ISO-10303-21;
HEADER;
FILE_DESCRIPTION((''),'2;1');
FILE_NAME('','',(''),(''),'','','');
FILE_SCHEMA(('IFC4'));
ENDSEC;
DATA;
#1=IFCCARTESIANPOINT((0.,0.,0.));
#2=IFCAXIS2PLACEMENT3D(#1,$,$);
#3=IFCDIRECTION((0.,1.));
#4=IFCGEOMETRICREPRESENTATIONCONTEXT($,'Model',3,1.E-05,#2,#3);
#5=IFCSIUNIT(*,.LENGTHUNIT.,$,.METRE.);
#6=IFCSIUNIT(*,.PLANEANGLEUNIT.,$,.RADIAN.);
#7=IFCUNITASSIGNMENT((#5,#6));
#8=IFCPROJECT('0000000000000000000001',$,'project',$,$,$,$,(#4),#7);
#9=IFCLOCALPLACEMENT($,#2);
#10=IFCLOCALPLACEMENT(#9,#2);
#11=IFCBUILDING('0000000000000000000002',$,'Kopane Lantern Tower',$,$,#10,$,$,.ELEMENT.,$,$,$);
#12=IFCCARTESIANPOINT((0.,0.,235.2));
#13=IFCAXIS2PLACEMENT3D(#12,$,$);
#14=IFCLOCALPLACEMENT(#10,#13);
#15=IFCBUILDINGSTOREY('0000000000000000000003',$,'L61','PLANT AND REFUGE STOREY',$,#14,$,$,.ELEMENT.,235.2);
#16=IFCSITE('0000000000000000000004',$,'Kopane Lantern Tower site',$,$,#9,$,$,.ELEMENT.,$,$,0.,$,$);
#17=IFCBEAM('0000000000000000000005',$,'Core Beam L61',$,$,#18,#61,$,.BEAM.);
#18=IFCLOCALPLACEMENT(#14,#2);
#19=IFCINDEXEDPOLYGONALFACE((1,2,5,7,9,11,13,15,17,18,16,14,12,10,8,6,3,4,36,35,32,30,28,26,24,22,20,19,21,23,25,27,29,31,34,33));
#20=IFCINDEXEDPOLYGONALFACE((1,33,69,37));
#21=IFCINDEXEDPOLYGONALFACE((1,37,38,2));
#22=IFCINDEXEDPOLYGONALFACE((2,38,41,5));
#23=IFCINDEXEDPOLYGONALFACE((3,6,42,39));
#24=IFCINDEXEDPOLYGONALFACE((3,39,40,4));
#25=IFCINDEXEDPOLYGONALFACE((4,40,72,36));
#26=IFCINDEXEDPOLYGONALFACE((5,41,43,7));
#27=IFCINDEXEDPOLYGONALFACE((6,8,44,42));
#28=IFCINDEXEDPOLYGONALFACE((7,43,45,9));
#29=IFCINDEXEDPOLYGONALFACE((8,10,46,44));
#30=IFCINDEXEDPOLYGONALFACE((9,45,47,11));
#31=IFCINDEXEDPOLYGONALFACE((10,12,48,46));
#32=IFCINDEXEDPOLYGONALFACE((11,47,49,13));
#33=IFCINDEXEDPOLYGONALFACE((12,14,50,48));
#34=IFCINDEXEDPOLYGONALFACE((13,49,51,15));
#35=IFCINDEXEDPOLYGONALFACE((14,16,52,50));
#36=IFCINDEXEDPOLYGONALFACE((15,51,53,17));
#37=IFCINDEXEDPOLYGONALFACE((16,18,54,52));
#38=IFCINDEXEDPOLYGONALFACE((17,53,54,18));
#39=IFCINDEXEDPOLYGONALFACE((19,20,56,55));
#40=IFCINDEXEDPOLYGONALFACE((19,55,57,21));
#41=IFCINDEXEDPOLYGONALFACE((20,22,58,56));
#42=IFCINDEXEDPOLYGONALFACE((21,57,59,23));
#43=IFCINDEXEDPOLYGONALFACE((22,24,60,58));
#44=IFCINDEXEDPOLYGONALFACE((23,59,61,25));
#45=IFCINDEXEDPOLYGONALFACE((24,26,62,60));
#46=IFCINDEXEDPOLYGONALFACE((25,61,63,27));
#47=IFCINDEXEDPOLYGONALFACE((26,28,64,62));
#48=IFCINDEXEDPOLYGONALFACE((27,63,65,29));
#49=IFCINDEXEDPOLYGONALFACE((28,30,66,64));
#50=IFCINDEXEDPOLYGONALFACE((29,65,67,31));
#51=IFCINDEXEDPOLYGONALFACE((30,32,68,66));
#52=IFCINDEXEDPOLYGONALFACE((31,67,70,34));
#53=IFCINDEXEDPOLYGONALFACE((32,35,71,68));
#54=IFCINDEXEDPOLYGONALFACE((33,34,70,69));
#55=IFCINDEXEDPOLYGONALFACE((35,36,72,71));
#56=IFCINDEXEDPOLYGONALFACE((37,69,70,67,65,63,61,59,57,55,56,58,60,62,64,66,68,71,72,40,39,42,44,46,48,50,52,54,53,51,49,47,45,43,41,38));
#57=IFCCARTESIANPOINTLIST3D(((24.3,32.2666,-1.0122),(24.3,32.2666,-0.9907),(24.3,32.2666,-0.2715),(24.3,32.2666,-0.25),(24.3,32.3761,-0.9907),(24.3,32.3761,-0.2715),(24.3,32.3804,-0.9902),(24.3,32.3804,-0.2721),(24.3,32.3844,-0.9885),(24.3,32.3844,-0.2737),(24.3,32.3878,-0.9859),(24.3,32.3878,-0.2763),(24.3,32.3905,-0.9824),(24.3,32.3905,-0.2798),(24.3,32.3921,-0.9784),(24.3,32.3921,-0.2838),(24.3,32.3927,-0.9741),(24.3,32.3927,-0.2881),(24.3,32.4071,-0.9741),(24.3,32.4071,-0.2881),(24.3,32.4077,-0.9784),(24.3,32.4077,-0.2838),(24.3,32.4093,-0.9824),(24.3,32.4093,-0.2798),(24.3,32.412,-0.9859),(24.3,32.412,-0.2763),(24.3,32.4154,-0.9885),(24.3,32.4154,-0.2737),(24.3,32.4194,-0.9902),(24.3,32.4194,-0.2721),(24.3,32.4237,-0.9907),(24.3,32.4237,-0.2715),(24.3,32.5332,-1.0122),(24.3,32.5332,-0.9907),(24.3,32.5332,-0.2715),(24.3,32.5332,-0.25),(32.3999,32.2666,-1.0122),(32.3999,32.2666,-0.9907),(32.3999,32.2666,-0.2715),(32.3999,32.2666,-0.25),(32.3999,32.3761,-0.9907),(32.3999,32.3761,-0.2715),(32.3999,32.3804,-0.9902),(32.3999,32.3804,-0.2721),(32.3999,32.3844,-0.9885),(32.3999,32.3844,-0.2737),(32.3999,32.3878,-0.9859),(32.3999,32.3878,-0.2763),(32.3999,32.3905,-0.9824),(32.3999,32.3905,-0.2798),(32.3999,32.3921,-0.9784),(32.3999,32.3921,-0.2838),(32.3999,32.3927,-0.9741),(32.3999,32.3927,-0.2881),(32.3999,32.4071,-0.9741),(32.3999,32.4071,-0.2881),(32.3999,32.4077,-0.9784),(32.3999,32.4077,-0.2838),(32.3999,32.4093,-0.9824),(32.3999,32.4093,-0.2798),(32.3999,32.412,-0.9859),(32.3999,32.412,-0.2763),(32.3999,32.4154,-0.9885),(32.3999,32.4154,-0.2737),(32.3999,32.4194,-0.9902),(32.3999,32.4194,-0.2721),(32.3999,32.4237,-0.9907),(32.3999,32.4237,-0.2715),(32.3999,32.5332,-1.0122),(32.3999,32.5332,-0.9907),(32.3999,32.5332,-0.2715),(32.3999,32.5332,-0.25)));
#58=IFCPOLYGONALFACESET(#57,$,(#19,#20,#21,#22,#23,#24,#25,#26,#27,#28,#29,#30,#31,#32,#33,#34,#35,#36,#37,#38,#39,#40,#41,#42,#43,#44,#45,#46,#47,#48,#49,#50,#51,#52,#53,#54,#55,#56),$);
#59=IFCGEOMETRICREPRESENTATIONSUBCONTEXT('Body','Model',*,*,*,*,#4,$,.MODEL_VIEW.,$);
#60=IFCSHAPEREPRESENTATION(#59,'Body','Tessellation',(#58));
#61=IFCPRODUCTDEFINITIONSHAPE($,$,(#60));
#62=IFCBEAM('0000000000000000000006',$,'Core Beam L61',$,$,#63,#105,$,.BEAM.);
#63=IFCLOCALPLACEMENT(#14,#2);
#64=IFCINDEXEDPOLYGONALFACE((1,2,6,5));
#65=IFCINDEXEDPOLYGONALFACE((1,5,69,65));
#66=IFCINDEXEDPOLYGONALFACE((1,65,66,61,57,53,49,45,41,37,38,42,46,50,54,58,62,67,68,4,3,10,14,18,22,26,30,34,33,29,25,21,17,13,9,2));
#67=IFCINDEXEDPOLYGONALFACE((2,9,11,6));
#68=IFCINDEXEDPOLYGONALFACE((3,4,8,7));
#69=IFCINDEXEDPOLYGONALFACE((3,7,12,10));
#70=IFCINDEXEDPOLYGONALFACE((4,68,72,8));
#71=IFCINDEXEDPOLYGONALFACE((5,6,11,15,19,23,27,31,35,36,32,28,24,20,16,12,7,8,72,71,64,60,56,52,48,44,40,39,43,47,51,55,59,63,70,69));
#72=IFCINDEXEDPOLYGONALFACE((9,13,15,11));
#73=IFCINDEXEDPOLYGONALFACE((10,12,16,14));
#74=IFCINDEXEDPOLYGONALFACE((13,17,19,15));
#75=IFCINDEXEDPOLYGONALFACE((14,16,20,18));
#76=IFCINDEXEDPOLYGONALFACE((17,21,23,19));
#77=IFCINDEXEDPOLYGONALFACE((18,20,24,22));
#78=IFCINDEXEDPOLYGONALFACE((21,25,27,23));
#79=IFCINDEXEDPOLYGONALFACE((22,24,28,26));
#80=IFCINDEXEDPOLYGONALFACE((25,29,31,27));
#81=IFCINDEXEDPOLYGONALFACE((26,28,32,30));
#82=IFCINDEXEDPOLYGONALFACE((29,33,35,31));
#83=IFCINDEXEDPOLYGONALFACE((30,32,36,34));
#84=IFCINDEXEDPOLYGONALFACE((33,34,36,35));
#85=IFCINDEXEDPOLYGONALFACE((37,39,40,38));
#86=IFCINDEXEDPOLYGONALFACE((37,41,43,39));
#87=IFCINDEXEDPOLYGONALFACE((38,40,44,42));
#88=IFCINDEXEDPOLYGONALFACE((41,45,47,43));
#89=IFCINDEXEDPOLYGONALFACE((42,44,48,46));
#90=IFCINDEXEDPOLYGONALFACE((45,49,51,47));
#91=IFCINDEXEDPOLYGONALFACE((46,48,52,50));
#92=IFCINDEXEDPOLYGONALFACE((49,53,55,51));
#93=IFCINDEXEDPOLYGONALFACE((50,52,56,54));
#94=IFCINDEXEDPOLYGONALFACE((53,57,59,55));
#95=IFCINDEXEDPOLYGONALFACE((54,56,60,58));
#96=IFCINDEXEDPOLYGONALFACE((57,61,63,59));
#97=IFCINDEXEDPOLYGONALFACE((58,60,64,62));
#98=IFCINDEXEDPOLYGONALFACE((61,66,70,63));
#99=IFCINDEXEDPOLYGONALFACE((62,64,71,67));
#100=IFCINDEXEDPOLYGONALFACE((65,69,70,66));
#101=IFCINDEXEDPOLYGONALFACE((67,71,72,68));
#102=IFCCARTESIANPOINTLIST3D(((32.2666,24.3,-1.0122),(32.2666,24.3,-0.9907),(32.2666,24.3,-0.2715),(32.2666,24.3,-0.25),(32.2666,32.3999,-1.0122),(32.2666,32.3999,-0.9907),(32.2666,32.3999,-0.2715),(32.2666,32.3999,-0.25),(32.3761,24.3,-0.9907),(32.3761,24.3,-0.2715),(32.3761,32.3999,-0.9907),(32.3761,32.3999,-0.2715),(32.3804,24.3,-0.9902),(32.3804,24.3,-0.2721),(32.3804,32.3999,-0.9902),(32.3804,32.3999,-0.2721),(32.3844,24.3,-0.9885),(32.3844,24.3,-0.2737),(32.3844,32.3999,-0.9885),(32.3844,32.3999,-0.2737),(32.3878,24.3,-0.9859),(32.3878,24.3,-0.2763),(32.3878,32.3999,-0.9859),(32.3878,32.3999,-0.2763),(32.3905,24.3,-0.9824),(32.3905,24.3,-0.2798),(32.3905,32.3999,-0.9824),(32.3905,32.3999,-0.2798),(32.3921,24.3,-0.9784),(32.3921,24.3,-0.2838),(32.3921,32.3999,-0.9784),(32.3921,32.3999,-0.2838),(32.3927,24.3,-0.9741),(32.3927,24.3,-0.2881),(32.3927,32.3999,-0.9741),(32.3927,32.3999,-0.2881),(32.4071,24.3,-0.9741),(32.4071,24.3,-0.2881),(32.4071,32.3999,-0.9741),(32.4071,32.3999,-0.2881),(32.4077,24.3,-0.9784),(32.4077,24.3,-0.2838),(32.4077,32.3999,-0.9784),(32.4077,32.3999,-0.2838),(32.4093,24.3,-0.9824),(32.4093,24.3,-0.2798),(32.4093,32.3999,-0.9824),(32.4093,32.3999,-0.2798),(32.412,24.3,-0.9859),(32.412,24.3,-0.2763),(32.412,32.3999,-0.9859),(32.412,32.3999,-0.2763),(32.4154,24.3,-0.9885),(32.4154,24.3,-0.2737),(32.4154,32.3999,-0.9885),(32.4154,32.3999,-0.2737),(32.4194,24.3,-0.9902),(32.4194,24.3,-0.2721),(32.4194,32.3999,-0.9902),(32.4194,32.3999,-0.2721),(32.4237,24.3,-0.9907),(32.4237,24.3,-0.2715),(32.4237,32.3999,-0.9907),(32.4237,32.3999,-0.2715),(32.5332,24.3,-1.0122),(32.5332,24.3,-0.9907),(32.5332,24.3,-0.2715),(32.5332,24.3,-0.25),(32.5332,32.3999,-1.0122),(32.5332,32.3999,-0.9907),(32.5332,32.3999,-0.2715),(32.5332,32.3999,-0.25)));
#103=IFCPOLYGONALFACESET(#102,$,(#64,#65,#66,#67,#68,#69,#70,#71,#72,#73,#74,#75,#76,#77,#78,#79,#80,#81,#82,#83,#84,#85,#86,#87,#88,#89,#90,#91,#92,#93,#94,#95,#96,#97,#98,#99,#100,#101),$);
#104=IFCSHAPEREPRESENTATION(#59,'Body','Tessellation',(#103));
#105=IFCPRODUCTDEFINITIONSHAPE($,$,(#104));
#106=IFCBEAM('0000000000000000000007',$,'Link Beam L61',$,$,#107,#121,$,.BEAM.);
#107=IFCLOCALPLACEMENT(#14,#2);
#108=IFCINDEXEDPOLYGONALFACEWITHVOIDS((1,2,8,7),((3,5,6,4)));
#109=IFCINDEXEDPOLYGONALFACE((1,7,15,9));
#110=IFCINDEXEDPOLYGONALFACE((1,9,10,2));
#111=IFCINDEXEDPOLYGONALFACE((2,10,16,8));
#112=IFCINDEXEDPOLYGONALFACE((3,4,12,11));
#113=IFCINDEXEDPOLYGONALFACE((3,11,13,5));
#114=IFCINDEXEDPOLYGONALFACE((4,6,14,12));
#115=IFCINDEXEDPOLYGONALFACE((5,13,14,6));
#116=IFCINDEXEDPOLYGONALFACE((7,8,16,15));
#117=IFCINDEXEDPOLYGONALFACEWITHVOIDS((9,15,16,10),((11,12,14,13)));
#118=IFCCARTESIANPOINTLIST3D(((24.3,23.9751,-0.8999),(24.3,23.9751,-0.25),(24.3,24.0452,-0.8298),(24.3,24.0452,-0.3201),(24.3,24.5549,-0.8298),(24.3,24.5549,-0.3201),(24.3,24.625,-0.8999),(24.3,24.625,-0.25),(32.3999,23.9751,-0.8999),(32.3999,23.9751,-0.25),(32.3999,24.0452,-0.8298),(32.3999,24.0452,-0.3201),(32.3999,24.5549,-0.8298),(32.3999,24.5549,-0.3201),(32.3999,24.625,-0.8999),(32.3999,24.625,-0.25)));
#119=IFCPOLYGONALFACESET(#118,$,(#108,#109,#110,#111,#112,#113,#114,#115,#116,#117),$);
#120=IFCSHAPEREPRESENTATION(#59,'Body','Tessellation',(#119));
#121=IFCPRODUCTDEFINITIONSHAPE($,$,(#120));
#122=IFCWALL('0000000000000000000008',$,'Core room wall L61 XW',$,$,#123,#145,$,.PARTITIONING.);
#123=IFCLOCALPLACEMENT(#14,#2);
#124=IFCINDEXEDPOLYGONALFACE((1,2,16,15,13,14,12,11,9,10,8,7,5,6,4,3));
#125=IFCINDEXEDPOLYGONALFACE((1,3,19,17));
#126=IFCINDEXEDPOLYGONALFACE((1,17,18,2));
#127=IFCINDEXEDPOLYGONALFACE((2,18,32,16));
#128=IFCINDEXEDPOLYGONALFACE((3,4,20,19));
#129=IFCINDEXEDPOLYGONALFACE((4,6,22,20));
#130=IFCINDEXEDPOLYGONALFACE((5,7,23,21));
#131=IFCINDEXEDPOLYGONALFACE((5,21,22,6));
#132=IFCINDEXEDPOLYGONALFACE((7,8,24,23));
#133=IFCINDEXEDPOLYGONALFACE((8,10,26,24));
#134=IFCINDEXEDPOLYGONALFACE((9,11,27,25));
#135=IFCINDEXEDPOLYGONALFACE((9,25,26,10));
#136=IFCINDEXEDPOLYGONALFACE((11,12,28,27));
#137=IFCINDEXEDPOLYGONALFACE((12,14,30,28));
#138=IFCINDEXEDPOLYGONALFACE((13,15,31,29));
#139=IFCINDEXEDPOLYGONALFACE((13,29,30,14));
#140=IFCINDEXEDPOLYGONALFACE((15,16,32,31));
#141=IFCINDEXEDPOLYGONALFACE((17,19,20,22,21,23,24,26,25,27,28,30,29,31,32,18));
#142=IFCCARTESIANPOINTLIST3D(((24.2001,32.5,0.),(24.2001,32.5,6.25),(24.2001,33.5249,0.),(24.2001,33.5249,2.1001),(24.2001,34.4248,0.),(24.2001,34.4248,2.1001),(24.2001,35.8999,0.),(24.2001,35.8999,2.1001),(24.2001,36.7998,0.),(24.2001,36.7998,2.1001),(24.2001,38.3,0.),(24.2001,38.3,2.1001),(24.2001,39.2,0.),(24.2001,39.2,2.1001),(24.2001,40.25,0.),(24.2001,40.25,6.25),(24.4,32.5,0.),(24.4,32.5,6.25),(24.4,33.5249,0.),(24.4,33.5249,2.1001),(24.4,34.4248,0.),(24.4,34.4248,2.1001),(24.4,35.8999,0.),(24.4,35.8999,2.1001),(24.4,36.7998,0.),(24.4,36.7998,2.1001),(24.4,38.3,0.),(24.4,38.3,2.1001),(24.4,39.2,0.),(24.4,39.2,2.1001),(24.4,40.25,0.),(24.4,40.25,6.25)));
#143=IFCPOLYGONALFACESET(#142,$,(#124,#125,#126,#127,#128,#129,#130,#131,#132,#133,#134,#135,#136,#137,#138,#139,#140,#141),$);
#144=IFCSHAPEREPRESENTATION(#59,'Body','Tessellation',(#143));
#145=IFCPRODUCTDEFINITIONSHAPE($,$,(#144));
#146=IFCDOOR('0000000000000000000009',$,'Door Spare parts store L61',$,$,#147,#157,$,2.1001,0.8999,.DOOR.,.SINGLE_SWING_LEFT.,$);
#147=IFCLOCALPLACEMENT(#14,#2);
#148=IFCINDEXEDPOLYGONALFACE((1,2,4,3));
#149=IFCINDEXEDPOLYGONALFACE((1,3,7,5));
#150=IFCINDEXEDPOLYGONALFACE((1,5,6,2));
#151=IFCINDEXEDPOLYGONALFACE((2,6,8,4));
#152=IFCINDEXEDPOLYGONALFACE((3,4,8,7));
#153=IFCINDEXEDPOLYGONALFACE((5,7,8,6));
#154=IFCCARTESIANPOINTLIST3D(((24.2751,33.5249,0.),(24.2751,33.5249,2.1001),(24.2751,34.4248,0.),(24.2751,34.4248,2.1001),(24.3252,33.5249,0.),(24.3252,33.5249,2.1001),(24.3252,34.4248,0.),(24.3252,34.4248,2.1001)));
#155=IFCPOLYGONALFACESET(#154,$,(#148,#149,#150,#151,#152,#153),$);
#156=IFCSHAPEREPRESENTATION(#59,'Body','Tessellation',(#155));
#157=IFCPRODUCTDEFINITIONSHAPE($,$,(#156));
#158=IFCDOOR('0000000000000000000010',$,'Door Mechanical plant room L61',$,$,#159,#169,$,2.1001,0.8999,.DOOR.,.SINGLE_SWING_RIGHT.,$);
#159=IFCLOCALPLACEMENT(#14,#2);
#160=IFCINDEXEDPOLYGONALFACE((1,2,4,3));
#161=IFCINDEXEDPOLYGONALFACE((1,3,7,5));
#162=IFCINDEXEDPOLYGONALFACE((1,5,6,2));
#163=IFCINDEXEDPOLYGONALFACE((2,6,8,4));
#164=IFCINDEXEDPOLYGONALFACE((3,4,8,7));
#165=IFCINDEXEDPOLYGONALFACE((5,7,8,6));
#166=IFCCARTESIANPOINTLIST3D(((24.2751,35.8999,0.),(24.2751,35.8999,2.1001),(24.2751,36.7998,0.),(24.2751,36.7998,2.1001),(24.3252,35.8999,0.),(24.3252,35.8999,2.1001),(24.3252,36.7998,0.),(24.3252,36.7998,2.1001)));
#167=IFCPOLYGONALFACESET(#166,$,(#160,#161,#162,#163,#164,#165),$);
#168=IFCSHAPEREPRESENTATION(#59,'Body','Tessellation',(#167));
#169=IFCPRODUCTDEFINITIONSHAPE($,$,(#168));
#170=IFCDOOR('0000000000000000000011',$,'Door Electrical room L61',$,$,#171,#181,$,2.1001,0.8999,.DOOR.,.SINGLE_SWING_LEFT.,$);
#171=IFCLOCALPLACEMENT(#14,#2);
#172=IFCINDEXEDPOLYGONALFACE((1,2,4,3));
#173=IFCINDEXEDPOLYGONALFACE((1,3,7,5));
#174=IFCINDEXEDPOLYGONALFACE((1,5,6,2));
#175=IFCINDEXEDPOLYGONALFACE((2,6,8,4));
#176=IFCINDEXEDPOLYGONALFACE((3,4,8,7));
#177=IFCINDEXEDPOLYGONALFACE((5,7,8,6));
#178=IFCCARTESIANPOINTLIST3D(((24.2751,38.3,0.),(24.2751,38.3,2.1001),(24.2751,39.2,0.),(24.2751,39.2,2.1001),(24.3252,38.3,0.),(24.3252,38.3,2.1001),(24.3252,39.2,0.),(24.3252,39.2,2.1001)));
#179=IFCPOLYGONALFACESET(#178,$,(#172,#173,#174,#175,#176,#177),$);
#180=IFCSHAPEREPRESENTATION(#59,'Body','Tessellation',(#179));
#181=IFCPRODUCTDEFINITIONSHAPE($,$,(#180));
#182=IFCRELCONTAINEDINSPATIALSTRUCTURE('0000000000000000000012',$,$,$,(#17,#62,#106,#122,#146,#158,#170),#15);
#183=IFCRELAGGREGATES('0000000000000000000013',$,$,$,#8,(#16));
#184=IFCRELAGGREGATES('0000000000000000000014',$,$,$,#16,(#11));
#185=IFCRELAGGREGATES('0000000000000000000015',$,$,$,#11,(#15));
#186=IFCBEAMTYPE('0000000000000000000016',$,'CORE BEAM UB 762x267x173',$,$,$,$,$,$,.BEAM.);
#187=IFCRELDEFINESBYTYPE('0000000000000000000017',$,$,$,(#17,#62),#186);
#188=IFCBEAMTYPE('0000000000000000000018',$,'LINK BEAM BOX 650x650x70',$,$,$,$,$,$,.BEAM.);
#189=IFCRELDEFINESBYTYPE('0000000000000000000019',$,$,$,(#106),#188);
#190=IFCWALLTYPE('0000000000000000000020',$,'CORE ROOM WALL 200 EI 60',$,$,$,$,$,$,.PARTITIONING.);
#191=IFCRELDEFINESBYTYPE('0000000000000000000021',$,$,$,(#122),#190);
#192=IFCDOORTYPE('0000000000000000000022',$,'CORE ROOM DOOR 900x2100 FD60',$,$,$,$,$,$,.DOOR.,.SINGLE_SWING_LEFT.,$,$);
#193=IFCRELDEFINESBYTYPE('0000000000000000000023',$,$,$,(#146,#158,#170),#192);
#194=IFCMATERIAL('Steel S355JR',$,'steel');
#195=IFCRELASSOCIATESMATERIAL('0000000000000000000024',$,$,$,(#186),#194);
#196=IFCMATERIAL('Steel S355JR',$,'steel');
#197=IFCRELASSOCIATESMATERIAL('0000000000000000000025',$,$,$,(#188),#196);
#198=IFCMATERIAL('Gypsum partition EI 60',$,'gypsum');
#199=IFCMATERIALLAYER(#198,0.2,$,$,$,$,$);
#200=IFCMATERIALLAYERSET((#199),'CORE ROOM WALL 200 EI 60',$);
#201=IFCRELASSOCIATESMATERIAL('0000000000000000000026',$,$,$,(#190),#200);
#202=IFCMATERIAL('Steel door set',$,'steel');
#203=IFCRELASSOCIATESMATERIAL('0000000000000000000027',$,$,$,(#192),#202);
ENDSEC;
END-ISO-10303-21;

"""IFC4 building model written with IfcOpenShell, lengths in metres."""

from ifc_helpers import new_model, si_unit, direction, frame, frame_2d, origin, origin_2d, place, context, subcontext, project, spatial, rectangle, hollow_rectangle, i_section, extrude, material, layer, layer_set, material_profile, profile_set, type_object, element, fill, save


model = new_model("IFC4")

# Units and contexts
model_context = context("Model", 3, precision=1e-05, world=origin(), true_north=direction((0.0, 1.0)))
body_context = subcontext(model_context, "Body", "Model", "MODEL_VIEW")
ifc_project = project(units=[si_unit("LENGTHUNIT", "METRE"), si_unit("PLANEANGLEUNIT", "RADIAN")], contexts=[model_context])

# Site, building, storey
site_placement = place(None, origin())
site = spatial("IfcSite", under=ifc_project, at=site_placement, Name="Kopane Lantern Tower site", CompositionType="ELEMENT", RefElevation=0.0)
building_placement = place(site_placement, origin())
building = spatial("IfcBuilding", under=site, at=building_placement, Name="Kopane Lantern Tower", CompositionType="ELEMENT")
storey_placement = place(building_placement, frame((0.0, 0.0, 235.2)))
storey = spatial("IfcBuildingStorey", under=building, at=storey_placement, Name="L61", Description="PLANT AND REFUGE STOREY", CompositionType="ELEMENT", Elevation=235.2)

# Beams
ifc_material_1 = material(Name="Steel S355JR", Category="steel")
ifc_material_profile_1 = material_profile(ifc_material_1, i_section(OverallWidth=0.2666, OverallDepth=0.7622, WebThickness=0.0144, FlangeThickness=0.0215, FilletRadius=0.0166, at=origin_2d()), Name="UB 762x267x173")
ifc_profile_set_1 = profile_set([ifc_material_profile_1], Name="Steel S355JR")
beam_type_1 = type_object("IfcBeamType", Name="CORE BEAM UB 762x267x173", PredefinedType="BEAM", material=ifc_profile_set_1)
for number, where, z_axis, x_axis, name in (
    (1, (24.3, 32.3999, -0.6311), (1.0, 0.0, 0.0), (0.0, 1.0, 0.0), "Core Beam L61"),
    (2, (32.3999, 24.3, -0.6311), (0.0, 1.0, 0.0), (-1.0, 0.0, 0.0), "Core Beam L61"),
):
    element("IfcBeam", number, at=place(storey_placement, frame(where, z_axis=z_axis, x_axis=x_axis)), inside=storey, type_object=beam_type_1, Name=name, PredefinedType="BEAM", context=body_context, shape_type="SweptSolid", body=[
        extrude(i_section(OverallWidth=0.2666, OverallDepth=0.7622, WebThickness=0.0144, FlangeThickness=0.0215, FilletRadius=0.0166, at=origin_2d()), origin(), (0.0, 0.0, 1.0), 8.0999),
    ])
ifc_material_2 = material(Name="Steel S355JR", Category="steel")
ifc_material_profile_2 = material_profile(ifc_material_2, hollow_rectangle(XDim=0.6499, YDim=0.6499, WallThickness=0.0701, at=origin_2d()), Name="BOX 650x650x70")
ifc_profile_set_2 = profile_set([ifc_material_profile_2], Name="Steel S355JR")
beam_type_2 = type_object("IfcBeamType", Name="LINK BEAM BOX 650x650x70", PredefinedType="BEAM", material=ifc_profile_set_2)
beam_1_placement = place(storey_placement, frame((24.3, 24.3, -0.575), z_axis=(1.0, 0.0, 0.0), x_axis=(0.0, 1.0, 0.0)))
element("IfcBeam", 3, at=beam_1_placement, inside=storey, type_object=beam_type_2, Name="Link Beam L61", PredefinedType="BEAM", context=body_context, shape_type="SweptSolid", body=[
    extrude(hollow_rectangle(XDim=0.6499, YDim=0.6499, WallThickness=0.0701, at=origin_2d()), origin(), (0.0, 0.0, 1.0), 8.0999),
])

# Wall, openings, doors
ifc_material_3 = material(Name="Gypsum partition EI 60", Category="gypsum")
ifc_layer_1 = layer(ifc_material_3, 0.2)
ifc_layer_set_1 = layer_set([ifc_layer_1], Name="CORE ROOM WALL 200 EI 60")
wall_type_1 = type_object("IfcWallType", Name="CORE ROOM WALL 200 EI 60", PredefinedType="PARTITIONING", material=ifc_layer_set_1)
wall_1_placement = place(storey_placement, frame((24.3, 32.5, 0.0), z_axis=(0.0, 0.0, 1.0), x_axis=(0.0, 1.0, 0.0)))
wall_1 = element("IfcWall", 4, at=wall_1_placement, inside=storey, type_object=wall_type_1, Name="Core room wall L61 XW", PredefinedType="PARTITIONING", context=body_context, shape_type="SweptSolid", body=[
    extrude(rectangle(XDim=7.75, YDim=0.2, at=frame_2d((3.875, 0.0))), origin(), (0.0, 0.0, 1.0), 6.25),
])
opening_1_placement = place(wall_1_placement, frame((1.0249, 0.0, 0.0)))
opening_1 = element("IfcOpeningElement", 5, at=opening_1_placement, cuts=wall_1, PredefinedType="OPENING", context=body_context, shape_type="SweptSolid", body=[
    extrude(rectangle(XDim=0.8999, YDim=2.1001, at=frame_2d((0.45, 1.05))), frame((0.0, 0.1099, 0.0), z_axis=(0.0, -1.0, 0.0), x_axis=(1.0, 0.0, 0.0)), (0.0, 0.0, 1.0), 0.22),
])
opening_2_placement = place(wall_1_placement, frame((3.3999, 0.0, 0.0)))
opening_2 = element("IfcOpeningElement", 6, at=opening_2_placement, cuts=wall_1, PredefinedType="OPENING", context=body_context, shape_type="SweptSolid", body=[
    extrude(rectangle(XDim=0.8999, YDim=2.1001, at=frame_2d((0.45, 1.05))), frame((0.0, 0.1099, 0.0), z_axis=(0.0, -1.0, 0.0), x_axis=(1.0, 0.0, 0.0)), (0.0, 0.0, 1.0), 0.22),
])
opening_3_placement = place(wall_1_placement, frame((5.8, 0.0, 0.0)))
opening_3 = element("IfcOpeningElement", 7, at=opening_3_placement, cuts=wall_1, PredefinedType="OPENING", context=body_context, shape_type="SweptSolid", body=[
    extrude(rectangle(XDim=0.8999, YDim=2.1001, at=frame_2d((0.45, 1.05))), frame((0.0, 0.1099, 0.0), z_axis=(0.0, -1.0, 0.0), x_axis=(1.0, 0.0, 0.0)), (0.0, 0.0, 1.0), 0.22),
])
ifc_material_4 = material(Name="Steel door set", Category="steel")
door_type_1 = type_object("IfcDoorType", Name="CORE ROOM DOOR 900x2100 FD60", OperationType="SINGLE_SWING_LEFT", PredefinedType="DOOR", material=ifc_material_4)
door_1_placement = place(opening_1_placement, origin())
door_1 = element("IfcDoor", 8, at=door_1_placement, inside=storey, type_object=door_type_1, Name="Door Spare parts store L61", OperationType="SINGLE_SWING_LEFT", OverallHeight=2.1001, OverallWidth=0.8999, PredefinedType="DOOR", context=body_context, shape_type="SweptSolid", body=[
    extrude(rectangle(XDim=0.8999, YDim=2.1001, at=frame_2d((0.45, 1.05))), frame((0.0, 0.0249, 0.0), z_axis=(0.0, -1.0, 0.0), x_axis=(1.0, 0.0, 0.0)), (0.0, 0.0, 1.0), 0.05),
])
fill(opening_1, door_1)
door_2_placement = place(opening_2_placement, origin())
door_2 = element("IfcDoor", 9, at=door_2_placement, inside=storey, type_object=door_type_1, Name="Door Mechanical plant room L61", OperationType="SINGLE_SWING_RIGHT", OverallHeight=2.1001, OverallWidth=0.8999, PredefinedType="DOOR", context=body_context, shape_type="SweptSolid", body=[
    extrude(rectangle(XDim=0.8999, YDim=2.1001, at=frame_2d((0.45, 1.05))), frame((0.0, 0.0249, 0.0), z_axis=(0.0, -1.0, 0.0), x_axis=(1.0, 0.0, 0.0)), (0.0, 0.0, 1.0), 0.05),
])
fill(opening_2, door_2)
door_3_placement = place(opening_3_placement, origin())
door_3 = element("IfcDoor", 10, at=door_3_placement, inside=storey, type_object=door_type_1, Name="Door Electrical room L61", OperationType="SINGLE_SWING_LEFT", OverallHeight=2.1001, OverallWidth=0.8999, PredefinedType="DOOR", context=body_context, shape_type="SweptSolid", body=[
    extrude(rectangle(XDim=0.8999, YDim=2.1001, at=frame_2d((0.45, 1.05))), frame((0.0, 0.0249, 0.0), z_axis=(0.0, -1.0, 0.0), x_axis=(1.0, 0.0, 0.0)), (0.0, 0.0, 1.0), 0.05),
])
fill(opening_3, door_3)

save(model, "model.ifc")
